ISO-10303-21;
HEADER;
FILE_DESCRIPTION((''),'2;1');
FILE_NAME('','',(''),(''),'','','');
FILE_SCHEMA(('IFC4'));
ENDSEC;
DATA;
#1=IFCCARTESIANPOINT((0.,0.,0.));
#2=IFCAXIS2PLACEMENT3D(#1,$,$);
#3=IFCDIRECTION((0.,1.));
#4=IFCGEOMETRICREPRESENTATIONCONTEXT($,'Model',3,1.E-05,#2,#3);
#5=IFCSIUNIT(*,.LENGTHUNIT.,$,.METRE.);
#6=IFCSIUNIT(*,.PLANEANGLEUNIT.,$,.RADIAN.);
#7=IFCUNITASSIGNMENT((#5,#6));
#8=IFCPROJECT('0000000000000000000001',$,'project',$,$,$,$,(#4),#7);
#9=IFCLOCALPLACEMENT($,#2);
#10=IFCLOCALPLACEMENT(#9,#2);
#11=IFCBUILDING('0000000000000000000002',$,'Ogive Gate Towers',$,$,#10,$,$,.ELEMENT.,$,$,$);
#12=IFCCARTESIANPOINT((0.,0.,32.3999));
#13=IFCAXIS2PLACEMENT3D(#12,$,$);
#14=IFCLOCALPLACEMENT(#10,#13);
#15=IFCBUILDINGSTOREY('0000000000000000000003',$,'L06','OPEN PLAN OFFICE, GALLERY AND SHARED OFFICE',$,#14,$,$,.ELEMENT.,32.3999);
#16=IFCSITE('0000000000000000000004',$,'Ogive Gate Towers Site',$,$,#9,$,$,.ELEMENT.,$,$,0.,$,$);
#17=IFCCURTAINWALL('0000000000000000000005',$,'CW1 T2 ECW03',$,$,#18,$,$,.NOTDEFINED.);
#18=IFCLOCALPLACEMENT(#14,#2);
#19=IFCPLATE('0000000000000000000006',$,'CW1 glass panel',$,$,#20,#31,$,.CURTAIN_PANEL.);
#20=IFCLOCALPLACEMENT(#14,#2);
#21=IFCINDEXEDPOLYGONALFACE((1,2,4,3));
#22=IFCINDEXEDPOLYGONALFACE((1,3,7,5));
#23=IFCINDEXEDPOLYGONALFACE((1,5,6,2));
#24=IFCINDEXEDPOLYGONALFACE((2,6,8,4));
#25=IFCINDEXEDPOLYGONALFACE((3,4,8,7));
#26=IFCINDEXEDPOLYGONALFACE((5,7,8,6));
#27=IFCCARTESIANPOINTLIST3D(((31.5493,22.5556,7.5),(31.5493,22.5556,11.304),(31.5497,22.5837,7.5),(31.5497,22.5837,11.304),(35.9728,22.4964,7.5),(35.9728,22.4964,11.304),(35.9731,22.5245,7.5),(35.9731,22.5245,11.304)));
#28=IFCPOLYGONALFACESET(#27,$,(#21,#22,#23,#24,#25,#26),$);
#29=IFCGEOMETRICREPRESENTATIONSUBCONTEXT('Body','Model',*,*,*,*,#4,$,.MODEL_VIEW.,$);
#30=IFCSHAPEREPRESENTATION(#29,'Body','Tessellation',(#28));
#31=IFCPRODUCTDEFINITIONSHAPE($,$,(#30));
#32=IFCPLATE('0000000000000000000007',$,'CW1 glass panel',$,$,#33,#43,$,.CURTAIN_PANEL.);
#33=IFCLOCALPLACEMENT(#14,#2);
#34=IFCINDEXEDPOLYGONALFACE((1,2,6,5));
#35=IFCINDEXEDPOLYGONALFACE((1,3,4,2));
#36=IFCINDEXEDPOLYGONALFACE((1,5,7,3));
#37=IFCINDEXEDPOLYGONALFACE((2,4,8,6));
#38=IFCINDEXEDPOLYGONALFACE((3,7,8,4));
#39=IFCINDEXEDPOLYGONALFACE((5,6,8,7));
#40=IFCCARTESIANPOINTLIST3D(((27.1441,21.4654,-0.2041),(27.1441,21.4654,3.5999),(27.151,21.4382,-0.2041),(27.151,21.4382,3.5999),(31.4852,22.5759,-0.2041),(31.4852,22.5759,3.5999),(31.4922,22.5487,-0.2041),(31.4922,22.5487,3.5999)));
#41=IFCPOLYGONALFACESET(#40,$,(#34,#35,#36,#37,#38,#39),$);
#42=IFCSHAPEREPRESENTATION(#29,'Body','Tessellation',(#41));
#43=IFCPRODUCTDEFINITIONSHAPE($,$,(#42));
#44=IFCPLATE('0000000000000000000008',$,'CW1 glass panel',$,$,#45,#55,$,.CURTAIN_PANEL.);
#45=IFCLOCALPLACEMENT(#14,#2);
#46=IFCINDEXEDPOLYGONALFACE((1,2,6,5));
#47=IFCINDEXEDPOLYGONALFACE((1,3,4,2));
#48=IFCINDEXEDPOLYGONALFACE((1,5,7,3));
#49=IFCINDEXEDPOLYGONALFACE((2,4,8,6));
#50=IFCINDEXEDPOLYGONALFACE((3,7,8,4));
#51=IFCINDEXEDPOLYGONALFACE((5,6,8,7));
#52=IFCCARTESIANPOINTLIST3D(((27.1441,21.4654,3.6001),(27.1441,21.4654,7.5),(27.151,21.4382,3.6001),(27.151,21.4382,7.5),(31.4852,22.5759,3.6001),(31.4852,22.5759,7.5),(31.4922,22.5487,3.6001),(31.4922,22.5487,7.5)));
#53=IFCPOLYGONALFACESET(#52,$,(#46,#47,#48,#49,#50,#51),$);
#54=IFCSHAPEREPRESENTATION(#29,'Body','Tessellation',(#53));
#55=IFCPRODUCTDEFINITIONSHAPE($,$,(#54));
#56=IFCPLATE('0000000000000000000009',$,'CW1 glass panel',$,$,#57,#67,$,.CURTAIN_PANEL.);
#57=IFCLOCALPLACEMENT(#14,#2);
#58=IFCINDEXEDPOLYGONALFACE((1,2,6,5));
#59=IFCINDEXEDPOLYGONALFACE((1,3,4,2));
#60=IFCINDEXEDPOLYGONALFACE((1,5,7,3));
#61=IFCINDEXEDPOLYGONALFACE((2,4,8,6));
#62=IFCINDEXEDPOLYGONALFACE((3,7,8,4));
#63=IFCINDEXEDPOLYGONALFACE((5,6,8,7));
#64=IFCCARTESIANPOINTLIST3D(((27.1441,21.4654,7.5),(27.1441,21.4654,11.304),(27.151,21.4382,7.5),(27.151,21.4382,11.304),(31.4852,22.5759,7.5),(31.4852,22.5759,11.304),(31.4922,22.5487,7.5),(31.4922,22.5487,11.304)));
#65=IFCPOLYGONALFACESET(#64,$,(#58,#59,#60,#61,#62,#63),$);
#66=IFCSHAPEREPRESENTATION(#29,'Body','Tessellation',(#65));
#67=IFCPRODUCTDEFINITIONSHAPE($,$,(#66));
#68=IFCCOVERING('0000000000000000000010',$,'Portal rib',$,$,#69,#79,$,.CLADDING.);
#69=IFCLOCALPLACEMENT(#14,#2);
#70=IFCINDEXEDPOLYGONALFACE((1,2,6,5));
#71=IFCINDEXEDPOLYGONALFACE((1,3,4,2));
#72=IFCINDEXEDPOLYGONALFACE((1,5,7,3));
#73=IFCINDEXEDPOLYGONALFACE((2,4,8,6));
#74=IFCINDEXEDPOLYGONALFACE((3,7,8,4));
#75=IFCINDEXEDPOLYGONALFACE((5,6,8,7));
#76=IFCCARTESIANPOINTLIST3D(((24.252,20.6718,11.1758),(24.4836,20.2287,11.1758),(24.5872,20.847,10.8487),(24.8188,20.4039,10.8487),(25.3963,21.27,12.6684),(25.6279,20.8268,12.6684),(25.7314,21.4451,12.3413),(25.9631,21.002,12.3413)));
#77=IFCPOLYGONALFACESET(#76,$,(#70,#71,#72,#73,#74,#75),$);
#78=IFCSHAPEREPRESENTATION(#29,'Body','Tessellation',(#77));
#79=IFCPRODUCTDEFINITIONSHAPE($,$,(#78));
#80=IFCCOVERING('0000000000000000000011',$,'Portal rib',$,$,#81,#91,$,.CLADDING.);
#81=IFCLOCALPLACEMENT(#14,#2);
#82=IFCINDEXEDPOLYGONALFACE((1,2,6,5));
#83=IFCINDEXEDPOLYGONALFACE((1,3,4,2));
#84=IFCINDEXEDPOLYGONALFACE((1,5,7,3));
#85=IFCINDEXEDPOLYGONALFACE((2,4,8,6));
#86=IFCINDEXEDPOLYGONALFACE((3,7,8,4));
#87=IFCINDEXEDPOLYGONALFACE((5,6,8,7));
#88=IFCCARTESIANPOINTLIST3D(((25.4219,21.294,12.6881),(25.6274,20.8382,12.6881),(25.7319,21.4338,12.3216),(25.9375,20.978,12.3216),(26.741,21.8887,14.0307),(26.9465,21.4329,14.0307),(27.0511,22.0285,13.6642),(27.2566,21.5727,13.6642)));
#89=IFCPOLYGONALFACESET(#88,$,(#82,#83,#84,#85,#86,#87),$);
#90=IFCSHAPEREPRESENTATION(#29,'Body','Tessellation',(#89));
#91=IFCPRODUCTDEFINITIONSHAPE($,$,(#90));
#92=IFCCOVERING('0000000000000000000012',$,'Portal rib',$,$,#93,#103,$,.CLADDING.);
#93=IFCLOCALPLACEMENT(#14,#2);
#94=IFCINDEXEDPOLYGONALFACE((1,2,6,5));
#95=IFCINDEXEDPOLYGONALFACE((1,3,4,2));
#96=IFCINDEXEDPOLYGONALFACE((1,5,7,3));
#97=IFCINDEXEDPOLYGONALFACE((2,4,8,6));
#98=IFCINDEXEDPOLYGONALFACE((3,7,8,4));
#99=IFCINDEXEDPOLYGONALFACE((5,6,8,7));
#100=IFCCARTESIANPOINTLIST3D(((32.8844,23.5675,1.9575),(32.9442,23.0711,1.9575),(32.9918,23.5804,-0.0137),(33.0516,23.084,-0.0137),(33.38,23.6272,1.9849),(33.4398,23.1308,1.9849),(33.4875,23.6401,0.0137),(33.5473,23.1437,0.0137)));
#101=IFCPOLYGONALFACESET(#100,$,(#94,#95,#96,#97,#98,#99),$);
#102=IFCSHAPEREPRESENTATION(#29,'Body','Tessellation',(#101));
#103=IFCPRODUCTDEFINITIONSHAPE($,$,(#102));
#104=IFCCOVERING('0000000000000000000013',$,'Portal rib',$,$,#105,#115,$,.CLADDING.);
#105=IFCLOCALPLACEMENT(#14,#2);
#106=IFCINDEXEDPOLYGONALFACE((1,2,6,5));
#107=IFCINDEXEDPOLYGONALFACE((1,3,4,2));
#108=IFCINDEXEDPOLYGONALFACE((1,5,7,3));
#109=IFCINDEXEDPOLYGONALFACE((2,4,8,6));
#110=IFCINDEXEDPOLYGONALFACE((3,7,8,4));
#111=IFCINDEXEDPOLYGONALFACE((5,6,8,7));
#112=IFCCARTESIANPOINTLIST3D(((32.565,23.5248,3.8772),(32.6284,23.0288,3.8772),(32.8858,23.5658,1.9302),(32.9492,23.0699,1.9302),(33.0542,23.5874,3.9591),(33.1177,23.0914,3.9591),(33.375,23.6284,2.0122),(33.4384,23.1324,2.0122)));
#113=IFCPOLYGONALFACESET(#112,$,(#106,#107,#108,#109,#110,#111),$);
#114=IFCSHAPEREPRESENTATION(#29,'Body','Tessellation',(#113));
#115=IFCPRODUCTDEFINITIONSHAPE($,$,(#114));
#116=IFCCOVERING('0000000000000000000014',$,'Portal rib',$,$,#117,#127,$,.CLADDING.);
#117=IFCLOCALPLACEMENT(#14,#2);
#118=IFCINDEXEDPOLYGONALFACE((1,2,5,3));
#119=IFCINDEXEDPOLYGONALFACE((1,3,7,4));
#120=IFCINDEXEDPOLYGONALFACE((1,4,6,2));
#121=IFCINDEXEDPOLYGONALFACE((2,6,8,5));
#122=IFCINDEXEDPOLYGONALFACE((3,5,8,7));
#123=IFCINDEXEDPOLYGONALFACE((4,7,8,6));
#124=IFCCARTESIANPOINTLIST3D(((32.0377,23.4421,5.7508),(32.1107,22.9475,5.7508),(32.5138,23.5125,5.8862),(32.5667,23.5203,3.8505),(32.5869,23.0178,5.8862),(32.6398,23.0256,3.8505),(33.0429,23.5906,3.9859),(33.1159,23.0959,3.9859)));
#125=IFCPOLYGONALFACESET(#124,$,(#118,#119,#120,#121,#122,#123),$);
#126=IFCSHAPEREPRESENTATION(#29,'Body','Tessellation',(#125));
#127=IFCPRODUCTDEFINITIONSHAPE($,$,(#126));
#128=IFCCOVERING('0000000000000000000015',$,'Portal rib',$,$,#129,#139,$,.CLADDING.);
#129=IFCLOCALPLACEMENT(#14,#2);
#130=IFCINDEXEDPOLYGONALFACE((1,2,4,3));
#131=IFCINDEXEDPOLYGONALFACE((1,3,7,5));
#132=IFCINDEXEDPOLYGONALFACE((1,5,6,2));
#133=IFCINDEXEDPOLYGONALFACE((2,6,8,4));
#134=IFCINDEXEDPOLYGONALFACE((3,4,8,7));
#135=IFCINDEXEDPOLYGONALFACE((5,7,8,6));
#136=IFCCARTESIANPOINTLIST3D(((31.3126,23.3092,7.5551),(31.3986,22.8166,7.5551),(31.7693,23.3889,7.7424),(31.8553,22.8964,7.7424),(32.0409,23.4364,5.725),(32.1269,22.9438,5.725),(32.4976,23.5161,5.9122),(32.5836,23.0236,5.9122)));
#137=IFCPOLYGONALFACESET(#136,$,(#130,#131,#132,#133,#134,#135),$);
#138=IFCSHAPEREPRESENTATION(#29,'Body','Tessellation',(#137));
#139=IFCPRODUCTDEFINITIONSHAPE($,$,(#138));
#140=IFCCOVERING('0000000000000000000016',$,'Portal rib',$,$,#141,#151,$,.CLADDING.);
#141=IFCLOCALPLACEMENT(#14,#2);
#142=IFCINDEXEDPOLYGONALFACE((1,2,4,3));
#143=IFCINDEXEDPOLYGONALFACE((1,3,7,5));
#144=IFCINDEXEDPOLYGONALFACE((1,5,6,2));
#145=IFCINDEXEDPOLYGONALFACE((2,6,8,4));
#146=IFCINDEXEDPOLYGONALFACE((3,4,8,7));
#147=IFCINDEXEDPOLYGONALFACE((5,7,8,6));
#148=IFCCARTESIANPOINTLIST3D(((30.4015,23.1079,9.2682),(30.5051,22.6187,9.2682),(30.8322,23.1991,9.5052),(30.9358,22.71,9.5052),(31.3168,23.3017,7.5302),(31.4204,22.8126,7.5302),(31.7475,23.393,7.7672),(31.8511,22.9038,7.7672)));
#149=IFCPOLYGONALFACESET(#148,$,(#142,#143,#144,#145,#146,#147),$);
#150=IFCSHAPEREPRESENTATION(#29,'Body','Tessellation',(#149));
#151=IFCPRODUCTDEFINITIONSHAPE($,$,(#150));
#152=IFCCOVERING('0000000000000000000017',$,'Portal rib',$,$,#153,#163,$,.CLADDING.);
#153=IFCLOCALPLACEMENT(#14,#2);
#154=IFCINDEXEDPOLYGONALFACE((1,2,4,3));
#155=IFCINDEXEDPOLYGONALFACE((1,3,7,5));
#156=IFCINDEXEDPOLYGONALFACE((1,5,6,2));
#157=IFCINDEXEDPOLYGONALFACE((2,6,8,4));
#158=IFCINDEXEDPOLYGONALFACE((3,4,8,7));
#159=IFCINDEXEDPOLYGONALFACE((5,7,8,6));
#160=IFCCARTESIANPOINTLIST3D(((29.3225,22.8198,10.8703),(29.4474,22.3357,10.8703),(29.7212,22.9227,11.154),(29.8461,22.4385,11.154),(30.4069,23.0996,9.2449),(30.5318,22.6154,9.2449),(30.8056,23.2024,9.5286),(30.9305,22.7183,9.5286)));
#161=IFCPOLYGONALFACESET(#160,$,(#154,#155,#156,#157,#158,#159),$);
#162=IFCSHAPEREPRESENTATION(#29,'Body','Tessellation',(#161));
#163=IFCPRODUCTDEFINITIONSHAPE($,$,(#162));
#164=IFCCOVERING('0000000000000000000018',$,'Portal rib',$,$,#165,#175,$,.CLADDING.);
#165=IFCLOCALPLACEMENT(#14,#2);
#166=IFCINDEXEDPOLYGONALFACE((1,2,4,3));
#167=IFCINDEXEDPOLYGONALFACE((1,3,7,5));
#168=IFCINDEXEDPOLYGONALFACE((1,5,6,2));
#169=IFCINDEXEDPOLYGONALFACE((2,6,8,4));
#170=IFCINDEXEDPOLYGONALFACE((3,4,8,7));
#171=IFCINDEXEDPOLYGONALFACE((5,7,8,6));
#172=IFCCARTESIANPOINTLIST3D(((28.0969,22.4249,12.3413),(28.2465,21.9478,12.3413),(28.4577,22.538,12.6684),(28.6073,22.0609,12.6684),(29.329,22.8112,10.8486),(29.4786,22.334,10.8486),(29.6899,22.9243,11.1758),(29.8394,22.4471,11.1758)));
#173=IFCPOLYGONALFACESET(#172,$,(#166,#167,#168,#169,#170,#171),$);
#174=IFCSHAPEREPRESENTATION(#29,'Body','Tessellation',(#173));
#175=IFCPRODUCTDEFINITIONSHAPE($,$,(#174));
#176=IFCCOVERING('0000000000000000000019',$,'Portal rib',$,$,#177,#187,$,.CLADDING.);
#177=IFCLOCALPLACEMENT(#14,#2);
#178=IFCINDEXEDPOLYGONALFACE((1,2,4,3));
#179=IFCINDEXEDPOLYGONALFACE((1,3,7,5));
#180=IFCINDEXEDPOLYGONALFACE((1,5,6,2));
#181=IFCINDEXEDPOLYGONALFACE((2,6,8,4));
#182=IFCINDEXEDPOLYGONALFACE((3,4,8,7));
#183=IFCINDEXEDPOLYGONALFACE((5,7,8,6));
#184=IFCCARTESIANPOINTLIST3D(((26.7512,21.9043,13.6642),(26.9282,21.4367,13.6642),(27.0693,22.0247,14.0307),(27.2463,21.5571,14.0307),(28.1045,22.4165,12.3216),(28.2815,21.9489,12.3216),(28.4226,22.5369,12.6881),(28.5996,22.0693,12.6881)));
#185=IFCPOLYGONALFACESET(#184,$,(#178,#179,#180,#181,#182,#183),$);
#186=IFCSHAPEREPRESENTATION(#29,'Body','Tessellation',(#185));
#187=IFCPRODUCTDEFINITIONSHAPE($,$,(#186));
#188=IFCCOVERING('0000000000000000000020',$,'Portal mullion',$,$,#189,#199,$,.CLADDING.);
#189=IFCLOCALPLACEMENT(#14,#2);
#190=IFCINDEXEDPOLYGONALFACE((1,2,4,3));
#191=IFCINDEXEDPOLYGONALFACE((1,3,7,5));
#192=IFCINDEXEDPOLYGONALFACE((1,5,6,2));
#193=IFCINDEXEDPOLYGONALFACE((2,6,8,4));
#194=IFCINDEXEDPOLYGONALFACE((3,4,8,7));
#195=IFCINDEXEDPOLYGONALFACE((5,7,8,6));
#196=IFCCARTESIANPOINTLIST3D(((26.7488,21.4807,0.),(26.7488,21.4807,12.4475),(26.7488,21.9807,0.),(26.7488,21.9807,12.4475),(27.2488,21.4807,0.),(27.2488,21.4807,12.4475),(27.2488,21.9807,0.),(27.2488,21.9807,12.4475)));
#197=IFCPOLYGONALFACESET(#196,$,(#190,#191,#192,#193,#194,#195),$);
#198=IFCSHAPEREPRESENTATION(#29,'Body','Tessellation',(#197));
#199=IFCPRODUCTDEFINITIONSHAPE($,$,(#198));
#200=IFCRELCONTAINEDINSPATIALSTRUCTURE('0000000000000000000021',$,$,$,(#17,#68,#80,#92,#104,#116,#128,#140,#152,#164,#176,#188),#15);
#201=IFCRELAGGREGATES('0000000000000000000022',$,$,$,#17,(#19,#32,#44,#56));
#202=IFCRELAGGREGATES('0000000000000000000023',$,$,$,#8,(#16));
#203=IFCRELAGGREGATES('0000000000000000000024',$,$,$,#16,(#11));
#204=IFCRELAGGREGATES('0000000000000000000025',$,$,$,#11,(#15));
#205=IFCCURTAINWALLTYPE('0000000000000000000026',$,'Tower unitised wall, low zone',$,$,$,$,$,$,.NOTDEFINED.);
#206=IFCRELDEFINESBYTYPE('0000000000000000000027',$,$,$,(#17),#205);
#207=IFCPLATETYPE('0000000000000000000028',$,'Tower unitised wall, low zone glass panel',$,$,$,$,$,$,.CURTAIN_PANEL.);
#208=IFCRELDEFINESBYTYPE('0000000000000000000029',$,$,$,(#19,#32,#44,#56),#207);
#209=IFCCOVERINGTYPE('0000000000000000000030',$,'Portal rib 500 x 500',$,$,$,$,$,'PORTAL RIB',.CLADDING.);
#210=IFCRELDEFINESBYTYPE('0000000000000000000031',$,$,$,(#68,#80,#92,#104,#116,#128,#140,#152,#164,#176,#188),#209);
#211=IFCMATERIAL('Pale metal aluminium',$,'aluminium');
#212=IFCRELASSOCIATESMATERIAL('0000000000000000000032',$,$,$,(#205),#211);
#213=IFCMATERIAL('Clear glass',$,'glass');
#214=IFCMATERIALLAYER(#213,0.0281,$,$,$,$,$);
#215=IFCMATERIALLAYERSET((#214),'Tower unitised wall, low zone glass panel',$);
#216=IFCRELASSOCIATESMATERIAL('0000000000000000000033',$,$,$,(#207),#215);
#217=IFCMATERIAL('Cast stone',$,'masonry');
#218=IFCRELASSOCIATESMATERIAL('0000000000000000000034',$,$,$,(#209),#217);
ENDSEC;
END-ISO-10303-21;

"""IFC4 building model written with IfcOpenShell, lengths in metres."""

from ifc_helpers import new_model, si_unit, direction, frame, origin, origin_2d, place, context, subcontext, project, spatial, rectangle, extrude, material, layer, layer_set, material_profile, profile_set, type_object, element, aggregate, save


model = new_model("IFC4")

# Units and contexts
model_context = context("Model", 3, precision=1e-05, world=origin(), true_north=direction((0.0, 1.0)))
body_context = subcontext(model_context, "Body", "Model", "MODEL_VIEW")
ifc_project = project(units=[si_unit("LENGTHUNIT", "METRE"), si_unit("PLANEANGLEUNIT", "RADIAN")], contexts=[model_context])

# Site, building, storey
site_placement = place(None, origin())
site = spatial("IfcSite", under=ifc_project, at=site_placement, Name="Ogive Gate Towers Site", CompositionType="ELEMENT", RefElevation=0.0)
building_placement = place(site_placement, origin())
building = spatial("IfcBuilding", under=site, at=building_placement, Name="Ogive Gate Towers", CompositionType="ELEMENT")
storey_placement = place(building_placement, frame((0.0, 0.0, 32.3999)))
storey = spatial("IfcBuildingStorey", under=building, at=storey_placement, Name="L06", Description="OPEN PLAN OFFICE, GALLERY AND SHARED OFFICE", CompositionType="ELEMENT", Elevation=32.3999)

# Curtain wall, plates
ifc_material_1 = material(Name="Pale metal aluminium", Category="aluminium")
curtain_wall_type = type_object("IfcCurtainWallType", Name="Tower unitised wall, low zone", PredefinedType="NOTDEFINED", material=ifc_material_1)
curtain_wall_placement = place(storey_placement, origin())
curtain_wall = element("IfcCurtainWall", 1, at=curtain_wall_placement, inside=storey, type_object=curtain_wall_type, Name="CW1 T2 ECW03", PredefinedType="NOTDEFINED")
ifc_material_2 = material(Name="Clear glass", Category="glass")
ifc_layer = layer(ifc_material_2, 0.0281)
ifc_layer_set = layer_set([ifc_layer], Name="Tower unitised wall, low zone glass panel")
plate_type = type_object("IfcPlateType", Name="Tower unitised wall, low zone glass panel", PredefinedType="CURTAIN_PANEL", material=ifc_layer_set)
plate_1_placement = place(storey_placement, frame((33.7612, 22.54, 7.5), z_axis=(0.0, 0.0, 1.0), x_axis=(-0.99991, 0.013386, 0.0)))
plate_1 = element("IfcPlate", 2, at=plate_1_placement, type_object=plate_type, Name="CW1 glass panel", PredefinedType="CURTAIN_PANEL", context=body_context, shape_type="SweptSolid", body=[
    extrude(rectangle(XDim=4.4238, YDim=0.0281, at=origin_2d()), origin(), (0.0, 0.0, 1.0), 3.804),
])
plate_2_placement = place(storey_placement, frame((29.3181, 22.0071, -0.2041), z_axis=(0.0, 0.0, 1.0), x_axis=(-0.968804, -0.247828, 0.0)))
plate_2 = element("IfcPlate", 3, at=plate_2_placement, type_object=plate_type, Name="CW1 glass panel", PredefinedType="CURTAIN_PANEL", context=body_context, shape_type="SweptSolid", body=[
    extrude(rectangle(XDim=4.481, YDim=0.0281, at=origin_2d()), origin(), (0.0, 0.0, 1.0), 3.804),
])
plate_3_placement = place(storey_placement, frame((29.3181, 22.0071, 3.6001), z_axis=(0.0, 0.0, 1.0), x_axis=(-0.968804, -0.247828, 0.0)))
plate_3 = element("IfcPlate", 4, at=plate_3_placement, type_object=plate_type, Name="CW1 glass panel", PredefinedType="CURTAIN_PANEL", context=body_context, shape_type="SweptSolid", body=[
    extrude(rectangle(XDim=4.481, YDim=0.0281, at=origin_2d()), origin(), (0.0, 0.0, 1.0), 3.8999),
])
plate_4_placement = place(storey_placement, frame((29.3181, 22.0071, 7.5), z_axis=(0.0, 0.0, 1.0), x_axis=(-0.968804, -0.247828, 0.0)))
plate_4 = element("IfcPlate", 5, at=plate_4_placement, type_object=plate_type, Name="CW1 glass panel", PredefinedType="CURTAIN_PANEL", context=body_context, shape_type="SweptSolid", body=[
    extrude(rectangle(XDim=4.481, YDim=0.0281, at=origin_2d()), origin(), (0.0, 0.0, 1.0), 3.804),
])
aggregate(curtain_wall, [plate_1, plate_2, plate_3, plate_4])

# Coverings
ifc_material_3 = material(Name="Cast stone", Category="masonry")
ifc_material_profile_1 = material_profile(ifc_material_3, rectangle(XDim=0.5, YDim=0.5, at=origin_2d()), Name="500 x 500 cast stone")
ifc_profile_set_1 = profile_set([ifc_material_profile_1], Name="Cast stone")
covering_type = type_object("IfcCoveringType", Name="Portal rib 500 x 500", ElementType="PORTAL RIB", PredefinedType="CLADDING", material=ifc_profile_set_1)
covering_1_placement = place(storey_placement, frame((24.5354, 20.5378, 11.0122), z_axis=(0.579785, 0.303067, 0.756306), x_axis=(-0.463251, 0.886227, 0.0)))
element("IfcCovering", 6, at=covering_1_placement, inside=storey, type_object=covering_type, Name="Portal rib", PredefinedType="CLADDING", context=body_context, shape_type="SweptSolid", body=[
    extrude(rectangle(XDim=0.5, YDim=0.5, at=origin_2d()), origin(), (0.0, 0.0, 1.0), 1.9736),
])
covering_2_placement = place(storey_placement, frame((25.6797, 21.136, 12.5049), z_axis=(0.668283, 0.301303, 0.680157), x_axis=(-0.411017, 0.911628, 0.0)))
element("IfcCovering", 7, at=covering_2_placement, inside=storey, type_object=covering_type, Name="Portal rib", PredefinedType="CLADDING", context=body_context, shape_type="SweptSolid", body=[
    extrude(rectangle(XDim=0.5, YDim=0.5, at=origin_2d()), origin(), (0.0, 0.0, 1.0), 1.9739),
])
covering_3_placement = place(storey_placement, frame((33.2695, 23.3621, 0.0), z_axis=(-0.054414, -0.006554, 0.998497), x_axis=(0.11959, -0.992823, 0.0)))
element("IfcCovering", 8, at=covering_3_placement, inside=storey, type_object=covering_type, Name="Portal rib", PredefinedType="CLADDING", context=body_context, shape_type="SweptSolid", body=[
    extrude(rectangle(XDim=0.5, YDim=0.5, at=origin_2d()), origin(), (0.0, 0.0, 1.0), 1.9741),
])
covering_4_placement = place(storey_placement, frame((33.1621, 23.3491, 1.9712), z_axis=(-0.162538, -0.020781, 0.986483), x_axis=(0.126822, -0.991926, 0.0)))
element("IfcCovering", 9, at=covering_4_placement, inside=storey, type_object=covering_type, Name="Portal rib", PredefinedType="CLADDING", context=body_context, shape_type="SweptSolid", body=[
    extrude(rectangle(XDim=0.5, YDim=0.5, at=origin_2d()), origin(), (0.0, 0.0, 1.0), 1.9736),
])
covering_5_placement = place(storey_placement, frame((32.8413, 23.3081, 3.9182), z_axis=(-0.267983, -0.039573, 0.962611), x_axis=(0.146085, -0.989272, 0.0)))
element("IfcCovering", 10, at=covering_5_placement, inside=storey, type_object=covering_type, Name="Portal rib", PredefinedType="CLADDING", context=body_context, shape_type="SweptSolid", body=[
    extrude(rectangle(XDim=0.5, YDim=0.5, at=origin_2d()), origin(), (0.0, 0.0, 1.0), 1.9741),
])
for number, where, z_axis, x_axis, name in (
    (11, (32.3123, 23.23, 5.8186), (-0.368976, -0.064444, 0.927202), (0.172052, -0.985088, 0.0), "Portal rib"),
    (12, (31.584, 23.1028, 7.6487), (-0.463704, -0.098208, 0.88053), (0.207194, -0.9783, 0.0), "Portal rib"),
    (13, (30.6687, 22.9089, 9.3867), (-0.549386, -0.141737, 0.82346), (0.249812, -0.968294, 0.0), "Portal rib"),
):
    element("IfcCovering", number, at=place(storey_placement, frame(where, z_axis=z_axis, x_axis=x_axis)), inside=storey, type_object=covering_type, Name=name, PredefinedType="CLADDING", context=body_context, shape_type="SweptSolid", body=[
        extrude(rectangle(XDim=0.5, YDim=0.5, at=origin_2d()), origin(), (0.0, 0.0, 1.0), 1.9739),
    ])
covering_6_placement = place(storey_placement, frame((29.5842, 22.6292, 11.0122), z_axis=(-0.624296, -0.195688, 0.756281), x_axis=(0.299104, -0.954221, 0.0)))
element("IfcCovering", 14, at=covering_6_placement, inside=storey, type_object=covering_type, Name="Portal rib", PredefinedType="CLADDING", context=body_context, shape_type="SweptSolid", body=[
    extrude(rectangle(XDim=0.5, YDim=0.5, at=origin_2d()), origin(), (0.0, 0.0, 1.0), 1.9736),
])
covering_7_placement = place(storey_placement, frame((28.3521, 22.2429, 12.5049), z_axis=(-0.6856, -0.259496, 0.680158), x_axis=(0.353988, -0.93525, 0.0)))
element("IfcCovering", 15, at=covering_7_placement, inside=storey, type_object=covering_type, Name="Portal rib", PredefinedType="CLADDING", context=body_context, shape_type="SweptSolid", body=[
    extrude(rectangle(XDim=0.5, YDim=0.5, at=origin_2d()), origin(), (0.0, 0.0, 1.0), 1.9739),
])
covering_8_placement = place(storey_placement, frame((26.9988, 21.7307, 0.0), z_axis=(0.0, 0.0, 1.0), x_axis=(1.0, 0.0, 0.0)))
element("IfcCovering", 16, at=covering_8_placement, inside=storey, type_object=covering_type, Name="Portal mullion", PredefinedType="CLADDING", context=body_context, shape_type="SweptSolid", body=[
    extrude(rectangle(XDim=0.5, YDim=0.5, at=origin_2d()), origin(), (0.0, 0.0, 1.0), 12.4475),
])

save(model, "model.ifc")
